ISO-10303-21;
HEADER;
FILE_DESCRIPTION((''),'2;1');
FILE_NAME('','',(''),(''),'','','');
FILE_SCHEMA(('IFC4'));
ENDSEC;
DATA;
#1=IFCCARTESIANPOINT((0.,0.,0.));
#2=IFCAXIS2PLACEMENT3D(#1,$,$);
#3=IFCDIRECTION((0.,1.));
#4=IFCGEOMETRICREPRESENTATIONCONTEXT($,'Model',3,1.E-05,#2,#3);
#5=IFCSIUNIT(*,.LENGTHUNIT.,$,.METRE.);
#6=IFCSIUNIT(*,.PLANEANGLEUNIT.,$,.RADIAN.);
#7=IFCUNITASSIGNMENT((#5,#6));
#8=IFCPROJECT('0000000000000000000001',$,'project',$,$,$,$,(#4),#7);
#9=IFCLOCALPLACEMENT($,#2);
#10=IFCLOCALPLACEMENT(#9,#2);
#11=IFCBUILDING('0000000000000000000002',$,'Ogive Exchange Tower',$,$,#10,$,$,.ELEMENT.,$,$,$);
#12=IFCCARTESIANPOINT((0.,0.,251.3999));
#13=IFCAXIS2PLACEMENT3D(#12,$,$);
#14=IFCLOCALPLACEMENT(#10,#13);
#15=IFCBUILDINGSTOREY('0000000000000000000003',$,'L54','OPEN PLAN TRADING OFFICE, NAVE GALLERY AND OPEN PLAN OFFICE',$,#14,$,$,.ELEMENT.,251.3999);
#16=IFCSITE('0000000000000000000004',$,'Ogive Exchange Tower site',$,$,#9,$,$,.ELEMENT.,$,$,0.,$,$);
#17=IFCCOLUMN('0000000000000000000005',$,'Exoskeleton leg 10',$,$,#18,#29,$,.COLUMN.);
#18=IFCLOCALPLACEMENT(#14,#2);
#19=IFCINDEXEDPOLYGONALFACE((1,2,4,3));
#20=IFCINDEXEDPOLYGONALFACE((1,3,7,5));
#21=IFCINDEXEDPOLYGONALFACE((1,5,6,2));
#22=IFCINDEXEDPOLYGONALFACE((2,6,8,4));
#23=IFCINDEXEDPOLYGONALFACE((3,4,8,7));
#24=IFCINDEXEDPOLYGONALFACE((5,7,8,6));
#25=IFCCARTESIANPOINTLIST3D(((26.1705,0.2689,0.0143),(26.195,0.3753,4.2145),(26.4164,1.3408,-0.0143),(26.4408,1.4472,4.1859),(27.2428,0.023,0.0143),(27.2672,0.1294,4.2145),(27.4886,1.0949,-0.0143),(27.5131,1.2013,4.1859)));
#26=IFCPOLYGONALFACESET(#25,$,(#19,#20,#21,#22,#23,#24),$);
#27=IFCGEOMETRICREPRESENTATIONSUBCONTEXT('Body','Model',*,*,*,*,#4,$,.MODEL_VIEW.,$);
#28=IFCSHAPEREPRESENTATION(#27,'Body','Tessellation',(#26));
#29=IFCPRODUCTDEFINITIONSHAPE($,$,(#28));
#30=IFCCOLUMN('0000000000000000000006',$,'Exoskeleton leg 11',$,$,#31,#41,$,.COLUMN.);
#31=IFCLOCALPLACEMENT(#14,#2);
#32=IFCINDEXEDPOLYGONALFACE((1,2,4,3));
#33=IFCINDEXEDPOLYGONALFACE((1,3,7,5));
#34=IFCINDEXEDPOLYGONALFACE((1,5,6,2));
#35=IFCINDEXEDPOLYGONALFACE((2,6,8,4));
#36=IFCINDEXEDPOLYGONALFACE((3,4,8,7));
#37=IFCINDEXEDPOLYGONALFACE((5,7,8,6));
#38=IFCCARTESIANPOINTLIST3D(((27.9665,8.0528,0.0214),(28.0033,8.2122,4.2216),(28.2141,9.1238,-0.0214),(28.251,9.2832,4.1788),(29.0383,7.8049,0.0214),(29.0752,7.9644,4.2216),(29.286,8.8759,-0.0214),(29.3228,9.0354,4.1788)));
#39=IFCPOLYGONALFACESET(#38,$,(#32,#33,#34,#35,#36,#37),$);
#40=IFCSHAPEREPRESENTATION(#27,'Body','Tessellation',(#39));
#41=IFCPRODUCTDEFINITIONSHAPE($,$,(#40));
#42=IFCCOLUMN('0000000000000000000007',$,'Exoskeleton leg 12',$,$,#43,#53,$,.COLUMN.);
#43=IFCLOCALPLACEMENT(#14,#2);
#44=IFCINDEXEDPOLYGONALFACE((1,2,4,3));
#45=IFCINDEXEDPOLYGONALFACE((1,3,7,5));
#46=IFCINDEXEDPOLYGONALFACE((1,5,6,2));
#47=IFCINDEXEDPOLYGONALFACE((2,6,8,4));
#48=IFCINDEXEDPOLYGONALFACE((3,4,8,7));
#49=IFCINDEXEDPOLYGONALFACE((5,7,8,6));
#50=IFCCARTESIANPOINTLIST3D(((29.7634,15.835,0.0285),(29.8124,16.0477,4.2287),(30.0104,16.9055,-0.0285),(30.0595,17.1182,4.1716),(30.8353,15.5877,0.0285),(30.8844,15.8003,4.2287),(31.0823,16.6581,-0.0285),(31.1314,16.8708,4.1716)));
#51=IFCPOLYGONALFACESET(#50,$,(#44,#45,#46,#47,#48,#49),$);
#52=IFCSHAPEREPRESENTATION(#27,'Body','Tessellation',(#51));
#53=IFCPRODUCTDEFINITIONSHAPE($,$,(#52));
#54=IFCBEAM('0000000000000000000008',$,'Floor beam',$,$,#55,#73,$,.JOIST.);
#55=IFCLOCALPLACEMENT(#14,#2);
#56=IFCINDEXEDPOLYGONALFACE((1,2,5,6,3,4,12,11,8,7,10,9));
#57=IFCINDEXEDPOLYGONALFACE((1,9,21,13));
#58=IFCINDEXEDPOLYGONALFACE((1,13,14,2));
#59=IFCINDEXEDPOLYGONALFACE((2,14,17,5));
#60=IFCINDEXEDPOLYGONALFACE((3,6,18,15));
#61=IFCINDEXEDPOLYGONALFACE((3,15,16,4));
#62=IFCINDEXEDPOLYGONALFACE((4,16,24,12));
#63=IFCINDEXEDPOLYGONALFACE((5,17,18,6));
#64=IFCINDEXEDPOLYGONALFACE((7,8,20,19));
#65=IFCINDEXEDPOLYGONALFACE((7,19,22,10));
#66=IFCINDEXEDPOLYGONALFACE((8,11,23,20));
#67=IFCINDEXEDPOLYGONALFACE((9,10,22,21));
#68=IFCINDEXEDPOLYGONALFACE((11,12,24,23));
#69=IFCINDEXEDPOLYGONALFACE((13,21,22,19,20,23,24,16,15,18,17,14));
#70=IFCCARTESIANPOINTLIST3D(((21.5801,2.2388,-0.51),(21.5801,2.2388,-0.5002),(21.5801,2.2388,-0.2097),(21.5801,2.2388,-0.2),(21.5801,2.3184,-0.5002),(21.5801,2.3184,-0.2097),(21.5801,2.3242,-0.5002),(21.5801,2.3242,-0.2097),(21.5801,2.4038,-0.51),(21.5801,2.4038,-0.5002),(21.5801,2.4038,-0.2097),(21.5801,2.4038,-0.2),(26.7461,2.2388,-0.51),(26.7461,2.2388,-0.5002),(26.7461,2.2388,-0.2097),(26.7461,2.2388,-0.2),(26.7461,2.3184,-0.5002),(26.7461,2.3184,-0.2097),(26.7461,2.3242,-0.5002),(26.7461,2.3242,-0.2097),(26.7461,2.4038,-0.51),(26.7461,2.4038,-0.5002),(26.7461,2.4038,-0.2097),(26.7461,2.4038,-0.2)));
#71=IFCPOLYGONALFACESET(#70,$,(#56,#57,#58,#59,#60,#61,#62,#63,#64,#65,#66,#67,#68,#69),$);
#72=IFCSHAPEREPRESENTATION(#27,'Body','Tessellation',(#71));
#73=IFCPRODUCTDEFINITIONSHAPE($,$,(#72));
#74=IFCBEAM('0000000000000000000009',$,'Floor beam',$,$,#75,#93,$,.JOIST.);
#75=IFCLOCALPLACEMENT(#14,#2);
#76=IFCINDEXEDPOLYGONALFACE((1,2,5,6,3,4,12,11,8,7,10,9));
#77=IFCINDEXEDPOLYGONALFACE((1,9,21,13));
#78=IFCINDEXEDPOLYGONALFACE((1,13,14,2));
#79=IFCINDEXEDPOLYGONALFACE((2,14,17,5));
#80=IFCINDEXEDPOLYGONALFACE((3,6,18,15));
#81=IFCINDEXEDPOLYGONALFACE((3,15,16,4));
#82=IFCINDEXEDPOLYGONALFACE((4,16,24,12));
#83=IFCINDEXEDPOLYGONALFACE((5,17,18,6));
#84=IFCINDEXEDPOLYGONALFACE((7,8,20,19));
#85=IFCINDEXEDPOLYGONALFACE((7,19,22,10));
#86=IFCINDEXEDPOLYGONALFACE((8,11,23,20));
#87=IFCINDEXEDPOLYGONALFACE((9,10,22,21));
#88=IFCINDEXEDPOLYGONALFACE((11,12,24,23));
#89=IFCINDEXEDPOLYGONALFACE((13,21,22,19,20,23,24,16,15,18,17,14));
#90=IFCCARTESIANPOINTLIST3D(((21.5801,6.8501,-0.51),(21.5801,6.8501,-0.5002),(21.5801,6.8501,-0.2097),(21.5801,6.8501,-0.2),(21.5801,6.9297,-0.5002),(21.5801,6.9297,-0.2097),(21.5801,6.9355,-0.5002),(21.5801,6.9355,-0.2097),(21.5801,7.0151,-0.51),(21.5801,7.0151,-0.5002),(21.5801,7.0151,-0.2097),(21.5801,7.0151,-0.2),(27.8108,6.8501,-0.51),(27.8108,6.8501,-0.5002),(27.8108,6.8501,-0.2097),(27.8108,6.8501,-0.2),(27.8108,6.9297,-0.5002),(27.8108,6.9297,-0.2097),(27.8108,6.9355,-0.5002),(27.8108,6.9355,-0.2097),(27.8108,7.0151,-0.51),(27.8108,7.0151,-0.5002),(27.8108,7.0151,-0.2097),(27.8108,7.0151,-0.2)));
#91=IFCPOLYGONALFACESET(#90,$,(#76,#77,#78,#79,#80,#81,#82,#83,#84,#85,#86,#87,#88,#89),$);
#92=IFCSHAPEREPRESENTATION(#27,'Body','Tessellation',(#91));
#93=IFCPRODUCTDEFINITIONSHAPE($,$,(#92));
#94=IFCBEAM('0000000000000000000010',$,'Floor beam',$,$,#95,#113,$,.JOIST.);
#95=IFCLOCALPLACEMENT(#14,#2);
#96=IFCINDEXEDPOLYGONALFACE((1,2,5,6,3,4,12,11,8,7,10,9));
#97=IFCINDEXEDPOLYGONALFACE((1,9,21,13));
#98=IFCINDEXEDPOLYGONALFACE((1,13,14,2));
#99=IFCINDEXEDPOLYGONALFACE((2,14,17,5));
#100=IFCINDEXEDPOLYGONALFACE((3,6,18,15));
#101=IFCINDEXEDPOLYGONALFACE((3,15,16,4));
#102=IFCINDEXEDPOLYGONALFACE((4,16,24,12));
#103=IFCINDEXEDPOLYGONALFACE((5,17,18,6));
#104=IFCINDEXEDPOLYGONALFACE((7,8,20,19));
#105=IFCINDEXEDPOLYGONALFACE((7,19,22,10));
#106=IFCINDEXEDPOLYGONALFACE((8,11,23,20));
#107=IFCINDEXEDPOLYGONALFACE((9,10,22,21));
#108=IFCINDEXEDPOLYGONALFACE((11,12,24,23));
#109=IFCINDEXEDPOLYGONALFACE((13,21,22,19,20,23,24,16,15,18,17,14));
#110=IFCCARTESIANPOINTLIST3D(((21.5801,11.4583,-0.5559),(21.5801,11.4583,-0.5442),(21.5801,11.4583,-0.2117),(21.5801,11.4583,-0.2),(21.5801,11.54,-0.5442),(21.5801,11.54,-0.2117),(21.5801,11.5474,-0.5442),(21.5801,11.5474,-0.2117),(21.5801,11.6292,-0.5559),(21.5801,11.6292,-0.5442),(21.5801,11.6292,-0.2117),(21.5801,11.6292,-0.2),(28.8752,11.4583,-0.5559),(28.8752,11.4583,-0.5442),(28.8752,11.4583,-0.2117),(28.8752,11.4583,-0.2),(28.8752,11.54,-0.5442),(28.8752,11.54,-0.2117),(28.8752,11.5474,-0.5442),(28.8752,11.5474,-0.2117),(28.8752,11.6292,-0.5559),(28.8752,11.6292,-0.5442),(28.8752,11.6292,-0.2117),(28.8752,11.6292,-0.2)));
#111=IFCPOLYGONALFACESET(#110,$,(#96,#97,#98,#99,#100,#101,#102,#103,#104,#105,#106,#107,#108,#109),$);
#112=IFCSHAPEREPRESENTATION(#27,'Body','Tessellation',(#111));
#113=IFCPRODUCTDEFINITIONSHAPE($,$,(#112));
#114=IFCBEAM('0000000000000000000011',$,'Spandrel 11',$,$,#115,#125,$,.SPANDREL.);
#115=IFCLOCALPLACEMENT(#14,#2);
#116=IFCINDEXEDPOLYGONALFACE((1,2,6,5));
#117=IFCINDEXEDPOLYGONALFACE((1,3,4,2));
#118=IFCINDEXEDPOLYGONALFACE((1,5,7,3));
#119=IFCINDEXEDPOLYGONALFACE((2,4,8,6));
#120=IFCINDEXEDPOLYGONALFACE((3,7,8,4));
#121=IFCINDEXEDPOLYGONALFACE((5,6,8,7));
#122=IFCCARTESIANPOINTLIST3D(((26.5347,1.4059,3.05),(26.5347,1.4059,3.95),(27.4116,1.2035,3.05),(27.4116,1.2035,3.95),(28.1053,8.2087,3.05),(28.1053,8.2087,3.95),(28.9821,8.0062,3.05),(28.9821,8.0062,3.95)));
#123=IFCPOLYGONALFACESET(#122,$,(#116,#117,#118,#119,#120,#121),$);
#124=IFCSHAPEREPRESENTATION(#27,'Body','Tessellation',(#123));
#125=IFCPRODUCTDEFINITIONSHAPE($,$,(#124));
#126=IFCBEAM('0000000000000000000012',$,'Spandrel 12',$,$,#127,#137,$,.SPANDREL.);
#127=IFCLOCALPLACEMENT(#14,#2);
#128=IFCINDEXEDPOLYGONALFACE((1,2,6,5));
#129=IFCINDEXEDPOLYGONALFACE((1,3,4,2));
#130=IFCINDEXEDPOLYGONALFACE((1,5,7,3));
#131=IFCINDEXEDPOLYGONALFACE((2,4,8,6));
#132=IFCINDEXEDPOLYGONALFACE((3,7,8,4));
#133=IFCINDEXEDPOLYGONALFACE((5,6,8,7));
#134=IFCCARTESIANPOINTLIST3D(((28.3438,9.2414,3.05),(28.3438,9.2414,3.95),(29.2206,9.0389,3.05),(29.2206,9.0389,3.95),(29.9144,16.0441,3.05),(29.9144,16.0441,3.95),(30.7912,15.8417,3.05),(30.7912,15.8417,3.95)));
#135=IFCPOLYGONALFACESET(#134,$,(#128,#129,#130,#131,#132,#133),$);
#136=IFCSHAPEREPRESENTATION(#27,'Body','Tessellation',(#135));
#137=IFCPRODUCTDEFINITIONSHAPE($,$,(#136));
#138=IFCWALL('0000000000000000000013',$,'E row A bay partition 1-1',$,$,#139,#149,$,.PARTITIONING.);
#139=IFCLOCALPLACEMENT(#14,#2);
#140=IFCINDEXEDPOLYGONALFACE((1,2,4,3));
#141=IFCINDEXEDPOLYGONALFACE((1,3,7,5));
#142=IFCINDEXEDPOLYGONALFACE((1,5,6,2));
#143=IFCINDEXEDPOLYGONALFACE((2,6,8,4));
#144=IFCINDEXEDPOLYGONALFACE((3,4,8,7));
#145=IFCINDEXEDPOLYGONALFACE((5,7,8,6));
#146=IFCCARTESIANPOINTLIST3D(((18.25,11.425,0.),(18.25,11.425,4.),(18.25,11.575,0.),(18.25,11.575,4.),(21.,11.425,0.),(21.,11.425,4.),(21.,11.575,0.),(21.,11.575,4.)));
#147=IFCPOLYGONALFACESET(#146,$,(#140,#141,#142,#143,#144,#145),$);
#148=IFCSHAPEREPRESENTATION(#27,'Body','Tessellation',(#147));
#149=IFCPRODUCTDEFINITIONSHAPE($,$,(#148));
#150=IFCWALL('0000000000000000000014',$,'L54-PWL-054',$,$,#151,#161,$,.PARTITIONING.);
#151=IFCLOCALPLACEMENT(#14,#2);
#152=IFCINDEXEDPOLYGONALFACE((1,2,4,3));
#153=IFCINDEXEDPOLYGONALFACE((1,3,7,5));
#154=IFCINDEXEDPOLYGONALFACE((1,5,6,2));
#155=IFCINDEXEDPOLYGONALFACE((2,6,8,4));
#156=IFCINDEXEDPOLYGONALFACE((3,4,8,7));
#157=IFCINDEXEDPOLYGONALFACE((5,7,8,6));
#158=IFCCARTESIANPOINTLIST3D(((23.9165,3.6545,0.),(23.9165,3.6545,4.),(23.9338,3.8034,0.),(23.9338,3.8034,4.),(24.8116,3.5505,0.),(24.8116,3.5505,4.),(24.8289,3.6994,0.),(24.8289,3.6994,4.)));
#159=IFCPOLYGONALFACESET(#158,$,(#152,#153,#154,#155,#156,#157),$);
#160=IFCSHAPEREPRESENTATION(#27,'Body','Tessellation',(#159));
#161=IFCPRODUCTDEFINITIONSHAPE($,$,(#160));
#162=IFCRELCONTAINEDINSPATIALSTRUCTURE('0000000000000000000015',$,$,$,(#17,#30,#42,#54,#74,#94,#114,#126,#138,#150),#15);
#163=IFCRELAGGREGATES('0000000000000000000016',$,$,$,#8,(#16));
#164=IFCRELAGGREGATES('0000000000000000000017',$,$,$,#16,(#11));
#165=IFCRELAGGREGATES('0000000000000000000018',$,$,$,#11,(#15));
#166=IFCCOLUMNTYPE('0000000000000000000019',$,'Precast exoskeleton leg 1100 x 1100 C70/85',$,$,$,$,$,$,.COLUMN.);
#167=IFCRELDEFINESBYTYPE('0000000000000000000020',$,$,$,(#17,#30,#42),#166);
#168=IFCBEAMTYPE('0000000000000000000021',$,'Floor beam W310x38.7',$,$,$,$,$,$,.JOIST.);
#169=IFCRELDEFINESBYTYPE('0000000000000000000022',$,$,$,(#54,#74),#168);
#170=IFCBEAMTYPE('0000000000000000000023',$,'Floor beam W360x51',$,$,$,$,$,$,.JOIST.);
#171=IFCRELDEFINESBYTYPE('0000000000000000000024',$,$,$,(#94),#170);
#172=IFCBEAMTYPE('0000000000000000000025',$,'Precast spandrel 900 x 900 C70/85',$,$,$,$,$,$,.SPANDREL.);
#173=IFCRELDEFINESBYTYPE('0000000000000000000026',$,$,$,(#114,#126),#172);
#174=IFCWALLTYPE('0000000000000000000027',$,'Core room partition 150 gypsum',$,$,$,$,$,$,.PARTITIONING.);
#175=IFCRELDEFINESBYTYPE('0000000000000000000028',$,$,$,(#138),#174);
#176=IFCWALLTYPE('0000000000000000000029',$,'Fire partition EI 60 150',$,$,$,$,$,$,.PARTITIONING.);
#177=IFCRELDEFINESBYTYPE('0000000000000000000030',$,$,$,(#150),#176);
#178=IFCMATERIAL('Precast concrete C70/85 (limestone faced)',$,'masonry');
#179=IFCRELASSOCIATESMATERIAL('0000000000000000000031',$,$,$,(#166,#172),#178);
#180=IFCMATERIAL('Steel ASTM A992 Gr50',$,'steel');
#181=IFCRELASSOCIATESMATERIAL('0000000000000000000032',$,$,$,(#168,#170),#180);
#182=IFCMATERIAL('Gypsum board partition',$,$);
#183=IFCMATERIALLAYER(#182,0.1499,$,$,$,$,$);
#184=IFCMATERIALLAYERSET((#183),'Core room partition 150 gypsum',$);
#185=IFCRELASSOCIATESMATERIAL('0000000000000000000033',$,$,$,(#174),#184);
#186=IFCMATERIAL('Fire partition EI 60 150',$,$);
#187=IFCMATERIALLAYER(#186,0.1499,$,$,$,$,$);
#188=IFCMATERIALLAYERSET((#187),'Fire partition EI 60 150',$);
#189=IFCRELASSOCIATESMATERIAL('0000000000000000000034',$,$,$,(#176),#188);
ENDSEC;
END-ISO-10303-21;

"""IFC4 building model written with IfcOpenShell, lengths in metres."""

from ifc_helpers import new_model, si_unit, direction, frame, frame_2d, origin, origin_2d, place, context, subcontext, project, spatial, rectangle, i_section, extrude, material, layer, layer_set, material_profile, profile_set, type_object, element, save


model = new_model("IFC4")

# Units and contexts
model_context = context("Model", 3, precision=1e-05, world=origin(), true_north=direction((0.0, 1.0)))
body_context = subcontext(model_context, "Body", "Model", "MODEL_VIEW")
ifc_project = project(units=[si_unit("LENGTHUNIT", "METRE"), si_unit("PLANEANGLEUNIT", "RADIAN")], contexts=[model_context])

# Site, building, storey
site_placement = place(None, origin())
site = spatial("IfcSite", under=ifc_project, at=site_placement, Name="Ogive Exchange Tower site", CompositionType="ELEMENT", RefElevation=0.0)
building_placement = place(site_placement, origin())
building = spatial("IfcBuilding", under=site, at=building_placement, Name="Ogive Exchange Tower", CompositionType="ELEMENT")
storey_placement = place(building_placement, frame((0.0, 0.0, 251.3999)))
storey = spatial("IfcBuildingStorey", under=building, at=storey_placement, Name="L54", Description="OPEN PLAN TRADING OFFICE, NAVE GALLERY AND OPEN PLAN OFFICE", CompositionType="ELEMENT", Elevation=251.3999)

# Columns
ifc_material_1 = material(Name="Precast concrete C70/85 (limestone faced)", Category="masonry")
ifc_material_profile_1 = material_profile(ifc_material_1, rectangle(XDim=1.1001, YDim=1.1001, at=origin_2d()), Name="1100 x 1100")
ifc_profile_set_1 = profile_set([ifc_material_profile_1], Name="Precast concrete C70/85 (limestone faced)")
column_type = type_object("IfcColumnType", Name="Precast exoskeleton leg 1100 x 1100 C70/85", PredefinedType="COLUMN", material=ifc_profile_set_1)
column_1_placement = place(storey_placement, frame((26.8296, 0.6819, 0.0), z_axis=(0.005811, 0.025334, 0.999662), x_axis=(-0.974692, 0.223553, 0.0)))
element("IfcColumn", 1, at=column_1_placement, inside=storey, type_object=column_type, Name="Exoskeleton leg 10", PredefinedType="COLUMN", context=body_context, shape_type="SweptSolid", body=[
    extrude(rectangle(XDim=1.1001, YDim=1.1001, at=origin_2d()), origin(), (0.0, 0.0, 1.0), 4.2017),
])
column_2_placement = place(storey_placement, frame((28.6262, 8.4644, 0.0), z_axis=(0.00877, 0.037928, 0.999242), x_axis=(-0.974291, 0.225295, 0.0)))
element("IfcColumn", 2, at=column_2_placement, inside=storey, type_object=column_type, Name="Exoskeleton leg 11", PredefinedType="COLUMN", context=body_context, shape_type="SweptSolid", body=[
    extrude(rectangle(XDim=1.1001, YDim=1.1001, at=origin_2d()), origin(), (0.0, 0.0, 1.0), 4.2034),
])
column_3_placement = place(storey_placement, frame((30.4229, 16.2466, 0.0), z_axis=(0.011668, 0.05056, 0.998653), x_axis=(-0.974391, 0.22486, 0.0)))
element("IfcColumn", 3, at=column_3_placement, inside=storey, type_object=column_type, Name="Exoskeleton leg 12", PredefinedType="COLUMN", context=body_context, shape_type="SweptSolid", body=[
    extrude(rectangle(XDim=1.1001, YDim=1.1001, at=origin_2d()), origin(), (0.0, 0.0, 1.0), 4.2058),
])

# Beams
ifc_material_2 = material(Name="Steel ASTM A992 Gr50", Category="steel")
ifc_material_profile_2 = material_profile(ifc_material_2, i_section(OverallWidth=0.165, OverallDepth=0.3101, WebThickness=0.0059, FlangeThickness=0.0098, at=origin_2d()), Name="W310x38.7")
ifc_profile_set_2 = profile_set([ifc_material_profile_2], Name="Steel ASTM A992 Gr50")
beam_type_1 = type_object("IfcBeamType", Name="Floor beam W310x38.7", PredefinedType="JOIST", material=ifc_profile_set_2)
beam_1_placement = place(storey_placement, frame((21.5801, 2.3213, -0.355), z_axis=(1.0, 0.0, 0.0), x_axis=(0.0, 1.0, 0.0)))
element("IfcBeam", 4, at=beam_1_placement, inside=storey, type_object=beam_type_1, Name="Floor beam", PredefinedType="JOIST", context=body_context, shape_type="SweptSolid", body=[
    extrude(i_section(OverallWidth=0.165, OverallDepth=0.3101, WebThickness=0.0059, FlangeThickness=0.0098, at=origin_2d()), origin(), (0.0, 0.0, 1.0), 5.166),
])
beam_2_placement = place(storey_placement, frame((21.5801, 6.9326, -0.355), z_axis=(1.0, 0.0, 0.0), x_axis=(0.0, 1.0, 0.0)))
element("IfcBeam", 5, at=beam_2_placement, inside=storey, type_object=beam_type_1, Name="Floor beam", PredefinedType="JOIST", context=body_context, shape_type="SweptSolid", body=[
    extrude(i_section(OverallWidth=0.165, OverallDepth=0.3101, WebThickness=0.0059, FlangeThickness=0.0098, at=origin_2d()), origin(), (0.0, 0.0, 1.0), 6.2307),
])
ifc_material_profile_3 = material_profile(ifc_material_2, i_section(OverallWidth=0.1709, OverallDepth=0.356, WebThickness=0.0073, FlangeThickness=0.0117, at=origin_2d()), Name="W360x51")
ifc_profile_set_3 = profile_set([ifc_material_profile_3], Name="Steel ASTM A992 Gr50")
beam_type_2 = type_object("IfcBeamType", Name="Floor beam W360x51", PredefinedType="JOIST", material=ifc_profile_set_3)
beam_3_placement = place(storey_placement, frame((21.5801, 11.5437, -0.3779), z_axis=(1.0, 0.0, 0.0), x_axis=(0.0, 1.0, 0.0)))
element("IfcBeam", 6, at=beam_3_placement, inside=storey, type_object=beam_type_2, Name="Floor beam", PredefinedType="JOIST", context=body_context, shape_type="SweptSolid", body=[
    extrude(i_section(OverallWidth=0.1709, OverallDepth=0.356, WebThickness=0.0073, FlangeThickness=0.0117, at=origin_2d()), origin(), (0.0, 0.0, 1.0), 7.2952),
])
ifc_material_profile_4 = material_profile(ifc_material_1, rectangle(XDim=0.8999, YDim=0.8999, at=origin_2d()), Name="900 x 900")
ifc_profile_set_4 = profile_set([ifc_material_profile_4], Name="Precast concrete C70/85 (limestone faced)")
beam_type_3 = type_object("IfcBeamType", Name="Precast spandrel 900 x 900 C70/85", PredefinedType="SPANDREL", material=ifc_profile_set_4)
for number, where, z_axis, x_axis, name in (
    (7, (26.9731, 1.3047, 3.5), (0.224954, 0.974369, 0.0), (-0.974369, 0.224954, 0.0), "Spandrel 11"),
    (8, (28.7822, 9.1401, 3.5), (0.224954, 0.974369, 0.0), (-0.974369, 0.224954, 0.0), "Spandrel 12"),
):
    element("IfcBeam", number, at=place(storey_placement, frame(where, z_axis=z_axis, x_axis=x_axis)), inside=storey, type_object=beam_type_3, Name=name, PredefinedType="SPANDREL", context=body_context, shape_type="SweptSolid", body=[
        extrude(rectangle(XDim=0.8999, YDim=0.8999, at=origin_2d()), origin(), (0.0, 0.0, 1.0), 6.9817),
    ])

# Walls
ifc_material_3 = material(Name="Gypsum board partition")
ifc_layer_1 = layer(ifc_material_3, 0.1499)
ifc_layer_set_1 = layer_set([ifc_layer_1], Name="Core room partition 150 gypsum")
wall_type_1 = type_object("IfcWallType", Name="Core room partition 150 gypsum", PredefinedType="PARTITIONING", material=ifc_layer_set_1)
wall_1_placement = place(storey_placement, frame((18.25, 11.5, 0.0), z_axis=(0.0, 0.0, 1.0), x_axis=(1.0, 0.0, 0.0)))
element("IfcWall", 9, at=wall_1_placement, inside=storey, type_object=wall_type_1, Name="E row A bay partition 1-1", PredefinedType="PARTITIONING", context=body_context, shape_type="SweptSolid", body=[
    extrude(rectangle(XDim=2.75, YDim=0.1499, at=frame_2d((1.375, 0.0))), origin(), (0.0, 0.0, 1.0), 4.0),
])
ifc_material_4 = material(Name="Fire partition EI 60 150")
ifc_layer_2 = layer(ifc_material_4, 0.1499)
ifc_layer_set_2 = layer_set([ifc_layer_2], Name="Fire partition EI 60 150")
wall_type_2 = type_object("IfcWallType", Name="Fire partition EI 60 150", PredefinedType="PARTITIONING", material=ifc_layer_set_2)
wall_2_placement = place(storey_placement, frame((23.925, 3.729, 0.0), z_axis=(0.0, 0.0, 1.0), x_axis=(0.993316, -0.115426, 0.0)))
element("IfcWall", 10, at=wall_2_placement, inside=storey, type_object=wall_type_2, Name="L54-PWL-054", PredefinedType="PARTITIONING", context=body_context, shape_type="SweptSolid", body=[
    extrude(rectangle(XDim=0.9011, YDim=0.1499, at=frame_2d((0.4507, 0.0))), origin(), (0.0, 0.0, 1.0), 4.0),
])

save(model, "model.ifc")
